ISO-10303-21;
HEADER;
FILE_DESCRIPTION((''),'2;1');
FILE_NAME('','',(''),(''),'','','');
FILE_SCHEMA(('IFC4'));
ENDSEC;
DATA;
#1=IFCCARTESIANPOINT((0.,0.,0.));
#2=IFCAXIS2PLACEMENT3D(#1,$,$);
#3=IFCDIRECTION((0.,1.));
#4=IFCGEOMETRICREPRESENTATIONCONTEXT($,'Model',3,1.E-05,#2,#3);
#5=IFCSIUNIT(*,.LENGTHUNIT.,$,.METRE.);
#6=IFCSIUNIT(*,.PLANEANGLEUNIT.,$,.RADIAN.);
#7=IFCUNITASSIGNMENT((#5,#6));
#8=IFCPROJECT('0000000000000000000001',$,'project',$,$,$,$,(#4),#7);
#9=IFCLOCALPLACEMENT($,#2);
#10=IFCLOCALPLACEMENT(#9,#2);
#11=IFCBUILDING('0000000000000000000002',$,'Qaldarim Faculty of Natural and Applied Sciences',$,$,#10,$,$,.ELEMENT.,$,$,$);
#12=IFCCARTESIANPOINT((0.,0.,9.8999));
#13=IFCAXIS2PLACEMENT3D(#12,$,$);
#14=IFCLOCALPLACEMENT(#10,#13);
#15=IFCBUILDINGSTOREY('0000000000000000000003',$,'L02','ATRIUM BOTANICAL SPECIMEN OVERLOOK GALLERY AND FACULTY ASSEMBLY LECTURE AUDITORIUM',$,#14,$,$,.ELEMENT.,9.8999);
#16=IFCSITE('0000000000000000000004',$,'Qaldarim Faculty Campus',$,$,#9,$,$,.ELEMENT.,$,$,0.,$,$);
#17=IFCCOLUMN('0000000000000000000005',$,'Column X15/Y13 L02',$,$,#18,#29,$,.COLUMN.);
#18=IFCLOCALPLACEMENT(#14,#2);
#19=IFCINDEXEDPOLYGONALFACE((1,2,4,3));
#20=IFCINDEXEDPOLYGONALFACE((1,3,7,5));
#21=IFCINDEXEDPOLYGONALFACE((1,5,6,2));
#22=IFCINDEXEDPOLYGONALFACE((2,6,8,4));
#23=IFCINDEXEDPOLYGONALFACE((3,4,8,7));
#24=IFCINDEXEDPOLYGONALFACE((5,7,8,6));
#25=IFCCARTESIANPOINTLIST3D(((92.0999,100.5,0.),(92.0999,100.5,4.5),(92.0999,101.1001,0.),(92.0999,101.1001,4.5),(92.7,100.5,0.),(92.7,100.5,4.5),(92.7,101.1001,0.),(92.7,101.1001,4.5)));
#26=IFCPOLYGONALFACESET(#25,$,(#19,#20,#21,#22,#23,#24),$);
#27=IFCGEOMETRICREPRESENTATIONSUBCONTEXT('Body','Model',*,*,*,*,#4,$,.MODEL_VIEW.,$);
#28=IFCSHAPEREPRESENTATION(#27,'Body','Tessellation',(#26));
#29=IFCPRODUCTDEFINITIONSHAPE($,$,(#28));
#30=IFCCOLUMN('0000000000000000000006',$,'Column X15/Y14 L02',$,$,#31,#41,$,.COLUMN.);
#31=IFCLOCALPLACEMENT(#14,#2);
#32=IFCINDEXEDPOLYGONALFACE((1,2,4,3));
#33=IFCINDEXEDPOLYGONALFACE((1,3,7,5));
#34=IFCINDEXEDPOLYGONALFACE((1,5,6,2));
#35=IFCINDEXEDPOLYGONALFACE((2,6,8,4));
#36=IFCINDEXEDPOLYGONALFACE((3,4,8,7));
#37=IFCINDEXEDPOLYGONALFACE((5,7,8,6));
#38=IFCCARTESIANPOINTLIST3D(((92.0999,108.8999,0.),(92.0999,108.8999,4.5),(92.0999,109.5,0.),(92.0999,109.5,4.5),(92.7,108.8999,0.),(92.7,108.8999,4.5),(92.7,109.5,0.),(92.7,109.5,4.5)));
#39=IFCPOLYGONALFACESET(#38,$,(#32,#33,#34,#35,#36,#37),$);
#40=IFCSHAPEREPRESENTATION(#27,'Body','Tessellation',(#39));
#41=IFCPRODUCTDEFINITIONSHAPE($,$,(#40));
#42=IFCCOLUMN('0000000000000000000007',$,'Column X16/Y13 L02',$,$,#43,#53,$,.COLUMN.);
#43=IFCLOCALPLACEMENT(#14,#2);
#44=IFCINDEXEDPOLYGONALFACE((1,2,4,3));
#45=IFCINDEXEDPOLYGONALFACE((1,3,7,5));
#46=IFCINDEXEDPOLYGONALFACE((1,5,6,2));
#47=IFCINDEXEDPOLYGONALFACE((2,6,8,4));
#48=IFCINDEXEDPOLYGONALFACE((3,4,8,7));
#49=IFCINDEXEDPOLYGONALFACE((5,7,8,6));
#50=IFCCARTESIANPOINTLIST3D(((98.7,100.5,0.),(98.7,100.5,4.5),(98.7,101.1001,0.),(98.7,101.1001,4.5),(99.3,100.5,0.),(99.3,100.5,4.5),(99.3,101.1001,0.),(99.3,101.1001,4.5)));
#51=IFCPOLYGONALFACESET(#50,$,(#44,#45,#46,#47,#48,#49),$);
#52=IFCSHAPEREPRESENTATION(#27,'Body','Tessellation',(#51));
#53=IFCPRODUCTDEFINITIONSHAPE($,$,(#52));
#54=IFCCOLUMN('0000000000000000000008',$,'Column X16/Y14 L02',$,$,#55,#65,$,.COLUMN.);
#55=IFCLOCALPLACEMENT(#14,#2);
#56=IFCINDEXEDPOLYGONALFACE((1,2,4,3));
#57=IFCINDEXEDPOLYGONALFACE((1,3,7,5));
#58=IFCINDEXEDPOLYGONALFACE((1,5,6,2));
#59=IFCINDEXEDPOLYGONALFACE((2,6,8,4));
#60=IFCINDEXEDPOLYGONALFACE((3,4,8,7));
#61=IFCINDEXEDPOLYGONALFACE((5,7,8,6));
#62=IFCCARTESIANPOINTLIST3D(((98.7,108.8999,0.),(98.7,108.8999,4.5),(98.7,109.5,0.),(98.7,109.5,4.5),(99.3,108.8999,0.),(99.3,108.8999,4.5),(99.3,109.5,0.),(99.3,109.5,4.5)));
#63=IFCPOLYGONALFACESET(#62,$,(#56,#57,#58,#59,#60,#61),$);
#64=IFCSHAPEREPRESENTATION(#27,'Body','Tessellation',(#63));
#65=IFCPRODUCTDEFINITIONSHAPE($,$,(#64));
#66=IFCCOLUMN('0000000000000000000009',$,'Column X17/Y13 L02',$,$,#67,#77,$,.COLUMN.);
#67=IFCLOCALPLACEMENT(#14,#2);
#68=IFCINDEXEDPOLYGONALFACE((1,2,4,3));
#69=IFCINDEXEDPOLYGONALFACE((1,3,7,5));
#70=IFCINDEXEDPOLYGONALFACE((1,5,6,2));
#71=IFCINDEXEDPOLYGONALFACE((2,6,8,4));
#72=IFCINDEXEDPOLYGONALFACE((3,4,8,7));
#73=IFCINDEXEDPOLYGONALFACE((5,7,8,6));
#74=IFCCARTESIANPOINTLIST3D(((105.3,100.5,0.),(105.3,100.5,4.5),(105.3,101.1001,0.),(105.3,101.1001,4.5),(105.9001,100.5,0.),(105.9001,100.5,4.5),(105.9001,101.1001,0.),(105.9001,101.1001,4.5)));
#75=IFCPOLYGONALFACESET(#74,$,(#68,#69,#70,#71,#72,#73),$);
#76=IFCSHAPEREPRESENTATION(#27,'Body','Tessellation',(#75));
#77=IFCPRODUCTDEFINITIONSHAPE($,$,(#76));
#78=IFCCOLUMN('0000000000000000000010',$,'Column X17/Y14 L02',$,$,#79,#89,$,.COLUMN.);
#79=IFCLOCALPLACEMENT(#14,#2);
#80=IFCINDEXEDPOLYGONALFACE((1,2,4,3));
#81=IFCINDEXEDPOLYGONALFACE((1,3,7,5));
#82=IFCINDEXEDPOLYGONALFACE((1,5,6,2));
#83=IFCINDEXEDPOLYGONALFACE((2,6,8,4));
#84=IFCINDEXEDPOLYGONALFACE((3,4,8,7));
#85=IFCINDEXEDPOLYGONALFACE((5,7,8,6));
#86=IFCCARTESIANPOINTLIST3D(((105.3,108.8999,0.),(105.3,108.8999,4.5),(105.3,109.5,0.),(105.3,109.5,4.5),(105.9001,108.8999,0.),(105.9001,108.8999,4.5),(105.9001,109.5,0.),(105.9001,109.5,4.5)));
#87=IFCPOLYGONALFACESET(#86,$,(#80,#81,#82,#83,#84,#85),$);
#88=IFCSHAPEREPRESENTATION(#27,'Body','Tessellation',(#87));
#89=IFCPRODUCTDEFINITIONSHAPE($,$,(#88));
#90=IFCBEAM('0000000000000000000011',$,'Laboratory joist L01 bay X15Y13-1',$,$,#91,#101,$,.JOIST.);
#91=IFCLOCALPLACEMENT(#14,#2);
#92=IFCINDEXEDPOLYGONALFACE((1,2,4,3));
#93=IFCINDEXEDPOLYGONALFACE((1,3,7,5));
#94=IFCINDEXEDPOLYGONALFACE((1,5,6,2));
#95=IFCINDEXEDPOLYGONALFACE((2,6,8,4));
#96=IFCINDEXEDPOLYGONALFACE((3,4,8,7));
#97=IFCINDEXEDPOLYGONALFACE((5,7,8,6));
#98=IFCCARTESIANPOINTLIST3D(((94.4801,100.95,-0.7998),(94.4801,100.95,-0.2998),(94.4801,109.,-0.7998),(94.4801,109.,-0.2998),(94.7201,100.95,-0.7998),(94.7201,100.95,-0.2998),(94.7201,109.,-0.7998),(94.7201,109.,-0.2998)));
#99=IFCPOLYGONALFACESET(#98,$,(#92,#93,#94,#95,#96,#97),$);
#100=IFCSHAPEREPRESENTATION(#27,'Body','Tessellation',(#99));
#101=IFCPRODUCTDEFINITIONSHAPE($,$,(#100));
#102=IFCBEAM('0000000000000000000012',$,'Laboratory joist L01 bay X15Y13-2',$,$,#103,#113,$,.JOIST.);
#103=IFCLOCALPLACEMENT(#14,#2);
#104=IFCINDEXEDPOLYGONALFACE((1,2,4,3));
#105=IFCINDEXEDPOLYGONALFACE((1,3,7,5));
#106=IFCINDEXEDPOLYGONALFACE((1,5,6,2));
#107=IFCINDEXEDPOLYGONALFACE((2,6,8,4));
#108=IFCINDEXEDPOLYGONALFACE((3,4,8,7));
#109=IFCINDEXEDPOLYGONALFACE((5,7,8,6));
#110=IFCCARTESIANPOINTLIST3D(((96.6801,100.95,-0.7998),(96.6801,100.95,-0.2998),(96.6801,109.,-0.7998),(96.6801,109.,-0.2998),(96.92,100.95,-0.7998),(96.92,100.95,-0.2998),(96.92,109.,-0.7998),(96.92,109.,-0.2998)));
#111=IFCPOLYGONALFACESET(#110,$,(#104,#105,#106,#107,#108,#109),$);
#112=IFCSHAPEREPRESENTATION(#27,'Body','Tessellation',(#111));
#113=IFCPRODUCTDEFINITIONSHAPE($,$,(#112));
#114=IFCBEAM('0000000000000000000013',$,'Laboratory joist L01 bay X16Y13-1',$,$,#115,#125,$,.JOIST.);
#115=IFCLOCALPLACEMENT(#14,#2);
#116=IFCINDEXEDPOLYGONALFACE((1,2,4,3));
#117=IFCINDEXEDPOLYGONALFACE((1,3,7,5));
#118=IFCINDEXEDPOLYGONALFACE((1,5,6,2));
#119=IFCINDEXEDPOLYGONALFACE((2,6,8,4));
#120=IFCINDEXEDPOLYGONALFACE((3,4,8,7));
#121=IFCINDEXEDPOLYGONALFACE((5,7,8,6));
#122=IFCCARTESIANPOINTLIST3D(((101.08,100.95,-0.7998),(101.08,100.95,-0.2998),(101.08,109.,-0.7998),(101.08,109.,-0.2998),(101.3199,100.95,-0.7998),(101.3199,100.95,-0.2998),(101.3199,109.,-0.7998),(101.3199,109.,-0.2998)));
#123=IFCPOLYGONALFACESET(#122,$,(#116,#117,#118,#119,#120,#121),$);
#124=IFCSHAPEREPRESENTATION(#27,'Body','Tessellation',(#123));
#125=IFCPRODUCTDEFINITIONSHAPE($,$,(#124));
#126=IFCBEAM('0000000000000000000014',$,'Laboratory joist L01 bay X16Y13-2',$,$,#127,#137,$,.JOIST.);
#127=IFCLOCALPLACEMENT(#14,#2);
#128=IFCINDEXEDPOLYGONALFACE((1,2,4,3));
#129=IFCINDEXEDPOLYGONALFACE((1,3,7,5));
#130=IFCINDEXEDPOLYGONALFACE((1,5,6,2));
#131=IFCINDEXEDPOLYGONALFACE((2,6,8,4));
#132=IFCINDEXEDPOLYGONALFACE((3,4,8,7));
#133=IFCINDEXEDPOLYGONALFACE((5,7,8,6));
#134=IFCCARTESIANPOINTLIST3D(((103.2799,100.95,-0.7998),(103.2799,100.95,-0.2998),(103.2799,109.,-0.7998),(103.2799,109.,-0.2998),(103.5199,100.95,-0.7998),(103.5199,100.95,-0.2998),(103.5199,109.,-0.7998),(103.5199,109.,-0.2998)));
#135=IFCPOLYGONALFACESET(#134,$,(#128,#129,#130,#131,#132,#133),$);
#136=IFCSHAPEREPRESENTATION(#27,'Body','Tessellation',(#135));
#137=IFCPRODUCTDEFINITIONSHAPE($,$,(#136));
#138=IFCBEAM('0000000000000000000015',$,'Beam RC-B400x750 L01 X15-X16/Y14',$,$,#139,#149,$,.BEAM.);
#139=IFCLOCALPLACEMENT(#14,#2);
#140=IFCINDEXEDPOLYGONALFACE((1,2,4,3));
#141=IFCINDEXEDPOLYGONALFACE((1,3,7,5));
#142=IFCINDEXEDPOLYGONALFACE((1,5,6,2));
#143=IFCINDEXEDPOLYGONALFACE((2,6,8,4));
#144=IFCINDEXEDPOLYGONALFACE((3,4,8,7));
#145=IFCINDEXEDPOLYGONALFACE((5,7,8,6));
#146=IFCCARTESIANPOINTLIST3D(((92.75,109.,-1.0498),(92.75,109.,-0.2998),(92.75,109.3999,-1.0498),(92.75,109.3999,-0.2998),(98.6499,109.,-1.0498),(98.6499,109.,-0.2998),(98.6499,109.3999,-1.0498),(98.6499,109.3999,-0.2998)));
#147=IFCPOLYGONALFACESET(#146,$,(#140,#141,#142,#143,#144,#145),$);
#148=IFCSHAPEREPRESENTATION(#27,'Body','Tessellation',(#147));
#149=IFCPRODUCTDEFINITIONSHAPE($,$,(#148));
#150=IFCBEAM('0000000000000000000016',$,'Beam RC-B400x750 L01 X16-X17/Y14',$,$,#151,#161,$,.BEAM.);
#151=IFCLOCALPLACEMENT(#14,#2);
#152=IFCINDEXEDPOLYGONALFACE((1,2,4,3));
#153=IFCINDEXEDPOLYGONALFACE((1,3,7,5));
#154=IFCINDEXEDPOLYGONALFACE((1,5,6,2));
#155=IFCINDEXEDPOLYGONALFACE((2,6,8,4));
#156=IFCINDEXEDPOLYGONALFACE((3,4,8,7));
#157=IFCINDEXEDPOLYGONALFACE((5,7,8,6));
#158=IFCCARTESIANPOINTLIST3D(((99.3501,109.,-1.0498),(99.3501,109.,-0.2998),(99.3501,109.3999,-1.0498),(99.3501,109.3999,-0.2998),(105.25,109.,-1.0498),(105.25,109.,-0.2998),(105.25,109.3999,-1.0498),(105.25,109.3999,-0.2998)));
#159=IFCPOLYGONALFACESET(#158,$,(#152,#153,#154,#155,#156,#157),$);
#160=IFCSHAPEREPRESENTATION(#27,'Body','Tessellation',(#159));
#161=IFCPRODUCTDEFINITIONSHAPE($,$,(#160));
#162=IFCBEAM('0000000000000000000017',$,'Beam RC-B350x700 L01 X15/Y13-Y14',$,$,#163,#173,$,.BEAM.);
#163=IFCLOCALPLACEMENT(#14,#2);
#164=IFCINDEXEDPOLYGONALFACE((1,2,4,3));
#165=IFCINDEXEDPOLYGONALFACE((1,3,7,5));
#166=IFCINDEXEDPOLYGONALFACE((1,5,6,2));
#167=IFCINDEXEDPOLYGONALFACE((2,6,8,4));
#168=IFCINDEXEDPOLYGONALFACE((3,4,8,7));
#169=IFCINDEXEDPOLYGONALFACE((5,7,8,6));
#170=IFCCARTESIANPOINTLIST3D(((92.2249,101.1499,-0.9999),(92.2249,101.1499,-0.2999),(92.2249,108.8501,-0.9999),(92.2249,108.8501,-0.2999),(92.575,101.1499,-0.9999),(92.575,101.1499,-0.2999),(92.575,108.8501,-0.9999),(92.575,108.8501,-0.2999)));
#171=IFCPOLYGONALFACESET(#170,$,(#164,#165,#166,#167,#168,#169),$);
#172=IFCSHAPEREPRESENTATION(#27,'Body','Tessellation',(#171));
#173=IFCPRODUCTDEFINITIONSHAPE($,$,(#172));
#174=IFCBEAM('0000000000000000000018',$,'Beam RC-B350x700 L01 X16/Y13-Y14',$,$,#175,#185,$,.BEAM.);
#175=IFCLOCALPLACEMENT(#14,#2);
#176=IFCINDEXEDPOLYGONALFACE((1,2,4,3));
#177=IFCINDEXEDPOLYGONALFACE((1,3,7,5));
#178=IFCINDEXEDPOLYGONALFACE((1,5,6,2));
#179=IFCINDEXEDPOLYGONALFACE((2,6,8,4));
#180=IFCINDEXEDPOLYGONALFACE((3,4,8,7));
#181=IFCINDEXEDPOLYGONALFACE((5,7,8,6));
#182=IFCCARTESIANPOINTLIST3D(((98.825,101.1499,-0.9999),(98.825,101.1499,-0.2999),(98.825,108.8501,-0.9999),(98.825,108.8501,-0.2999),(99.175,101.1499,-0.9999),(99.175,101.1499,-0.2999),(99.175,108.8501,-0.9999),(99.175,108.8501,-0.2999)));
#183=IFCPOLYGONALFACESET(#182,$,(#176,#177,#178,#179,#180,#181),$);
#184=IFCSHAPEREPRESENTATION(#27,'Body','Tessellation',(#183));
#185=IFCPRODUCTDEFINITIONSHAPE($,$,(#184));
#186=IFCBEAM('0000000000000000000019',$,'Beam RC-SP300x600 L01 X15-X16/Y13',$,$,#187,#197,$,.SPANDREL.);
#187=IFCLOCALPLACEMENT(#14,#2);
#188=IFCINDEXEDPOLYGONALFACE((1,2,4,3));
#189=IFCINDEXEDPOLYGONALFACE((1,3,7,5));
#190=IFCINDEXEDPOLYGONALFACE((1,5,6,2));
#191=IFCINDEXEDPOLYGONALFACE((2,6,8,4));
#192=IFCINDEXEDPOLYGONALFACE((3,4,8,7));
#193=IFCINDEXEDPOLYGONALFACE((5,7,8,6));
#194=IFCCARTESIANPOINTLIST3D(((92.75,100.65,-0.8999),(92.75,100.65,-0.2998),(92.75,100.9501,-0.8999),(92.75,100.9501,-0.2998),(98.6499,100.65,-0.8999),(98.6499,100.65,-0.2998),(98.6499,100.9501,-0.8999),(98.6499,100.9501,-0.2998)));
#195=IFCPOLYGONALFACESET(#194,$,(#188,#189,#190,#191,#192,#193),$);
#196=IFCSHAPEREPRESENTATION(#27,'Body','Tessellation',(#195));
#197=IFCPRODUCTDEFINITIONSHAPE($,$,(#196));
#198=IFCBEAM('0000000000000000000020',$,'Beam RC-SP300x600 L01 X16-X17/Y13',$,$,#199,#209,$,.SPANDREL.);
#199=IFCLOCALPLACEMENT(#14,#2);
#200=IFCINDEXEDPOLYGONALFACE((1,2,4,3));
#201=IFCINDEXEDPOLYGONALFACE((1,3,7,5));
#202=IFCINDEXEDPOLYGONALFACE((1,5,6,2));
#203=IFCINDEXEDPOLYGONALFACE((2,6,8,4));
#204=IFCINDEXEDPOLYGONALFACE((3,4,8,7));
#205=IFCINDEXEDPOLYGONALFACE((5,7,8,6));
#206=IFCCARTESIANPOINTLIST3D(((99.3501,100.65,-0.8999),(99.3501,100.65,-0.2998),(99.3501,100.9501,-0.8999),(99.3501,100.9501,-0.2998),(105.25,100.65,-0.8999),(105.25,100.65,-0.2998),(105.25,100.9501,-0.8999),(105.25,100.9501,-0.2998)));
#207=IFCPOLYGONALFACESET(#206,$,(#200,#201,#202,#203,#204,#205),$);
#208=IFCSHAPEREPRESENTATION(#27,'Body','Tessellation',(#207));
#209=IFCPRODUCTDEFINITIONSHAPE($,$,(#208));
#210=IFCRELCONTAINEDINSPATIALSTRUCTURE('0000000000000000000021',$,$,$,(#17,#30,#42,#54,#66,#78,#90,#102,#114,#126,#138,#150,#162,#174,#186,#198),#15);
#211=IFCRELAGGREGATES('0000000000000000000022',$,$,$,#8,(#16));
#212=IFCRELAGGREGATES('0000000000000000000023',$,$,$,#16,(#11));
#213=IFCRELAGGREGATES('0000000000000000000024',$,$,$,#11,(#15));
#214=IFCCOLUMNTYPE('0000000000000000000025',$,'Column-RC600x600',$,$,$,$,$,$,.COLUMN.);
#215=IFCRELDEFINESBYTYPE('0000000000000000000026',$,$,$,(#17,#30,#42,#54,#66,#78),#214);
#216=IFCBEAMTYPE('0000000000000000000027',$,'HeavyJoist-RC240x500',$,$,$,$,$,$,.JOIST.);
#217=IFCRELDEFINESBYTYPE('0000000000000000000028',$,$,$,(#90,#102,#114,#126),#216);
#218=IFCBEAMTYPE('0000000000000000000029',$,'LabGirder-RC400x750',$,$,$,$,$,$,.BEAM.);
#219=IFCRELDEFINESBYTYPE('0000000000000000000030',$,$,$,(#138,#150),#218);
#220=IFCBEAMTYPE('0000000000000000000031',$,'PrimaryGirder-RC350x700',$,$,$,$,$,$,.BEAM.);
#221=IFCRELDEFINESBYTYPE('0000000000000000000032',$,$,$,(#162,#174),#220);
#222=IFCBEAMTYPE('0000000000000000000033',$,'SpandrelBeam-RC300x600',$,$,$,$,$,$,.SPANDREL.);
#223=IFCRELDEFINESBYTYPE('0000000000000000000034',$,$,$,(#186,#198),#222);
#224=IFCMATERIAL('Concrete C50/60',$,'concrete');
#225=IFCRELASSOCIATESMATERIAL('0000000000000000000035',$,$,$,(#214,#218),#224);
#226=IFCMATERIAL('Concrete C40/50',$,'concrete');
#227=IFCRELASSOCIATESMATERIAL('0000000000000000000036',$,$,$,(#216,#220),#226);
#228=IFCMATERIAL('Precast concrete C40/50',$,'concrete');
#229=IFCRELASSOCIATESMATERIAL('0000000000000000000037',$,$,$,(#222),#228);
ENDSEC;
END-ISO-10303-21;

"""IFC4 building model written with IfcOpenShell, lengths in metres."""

from ifc_helpers import new_model, si_unit, direction, frame, origin, origin_2d, place, context, subcontext, project, spatial, rectangle, extrude, material, material_profile, profile_set, type_object, element, save


model = new_model("IFC4")

# Units and contexts
model_context = context("Model", 3, precision=1e-05, world=origin(), true_north=direction((0.0, 1.0)))
body_context = subcontext(model_context, "Body", "Model", "MODEL_VIEW")
ifc_project = project(units=[si_unit("LENGTHUNIT", "METRE"), si_unit("PLANEANGLEUNIT", "RADIAN")], contexts=[model_context])

# Site, building, storey
site_placement = place(None, origin())
site = spatial("IfcSite", under=ifc_project, at=site_placement, Name="Qaldarim Faculty Campus", CompositionType="ELEMENT", RefElevation=0.0)
building_placement = place(site_placement, origin())
building = spatial("IfcBuilding", under=site, at=building_placement, Name="Qaldarim Faculty of Natural and Applied Sciences", CompositionType="ELEMENT")
storey_placement = place(building_placement, frame((0.0, 0.0, 9.8999)))
storey = spatial("IfcBuildingStorey", under=building, at=storey_placement, Name="L02", Description="ATRIUM BOTANICAL SPECIMEN OVERLOOK GALLERY AND FACULTY ASSEMBLY LECTURE AUDITORIUM", CompositionType="ELEMENT", Elevation=9.8999)

# Columns
ifc_material_1 = material(Name="Concrete C50/60", Category="concrete")
ifc_material_profile_1 = material_profile(ifc_material_1, rectangle(XDim=0.6001, YDim=0.6001, at=origin_2d()), Name="RC-C600x600")
ifc_profile_set_1 = profile_set([ifc_material_profile_1], Name="Concrete C50/60")
column_type = type_object("IfcColumnType", Name="Column-RC600x600", PredefinedType="COLUMN", material=ifc_profile_set_1)
for number, where, z_axis, x_axis, name in (
    (1, (92.3999, 100.8, 0.0), (0.0, 0.0, 1.0), (1.0, 0.0, 0.0), "Column X15/Y13 L02"),
    (2, (92.3999, 109.2, 0.0), (0.0, 0.0, 1.0), (1.0, 0.0, 0.0), "Column X15/Y14 L02"),
    (3, (99.0, 100.8, 0.0), (0.0, 0.0, 1.0), (1.0, 0.0, 0.0), "Column X16/Y13 L02"),
    (4, (99.0, 109.2, 0.0), (0.0, 0.0, 1.0), (1.0, 0.0, 0.0), "Column X16/Y14 L02"),
    (5, (105.6001, 100.8, 0.0), (0.0, 0.0, 1.0), (1.0, 0.0, 0.0), "Column X17/Y13 L02"),
    (6, (105.6001, 109.2, 0.0), (0.0, 0.0, 1.0), (1.0, 0.0, 0.0), "Column X17/Y14 L02"),
):
    element("IfcColumn", number, at=place(storey_placement, frame(where, z_axis=z_axis, x_axis=x_axis)), inside=storey, type_object=column_type, Name=name, PredefinedType="COLUMN", context=body_context, shape_type="SweptSolid", body=[
        extrude(rectangle(XDim=0.6001, YDim=0.6001, at=origin_2d()), origin(), (0.0, 0.0, 1.0), 4.5),
    ])

# Beams
ifc_material_2 = material(Name="Concrete C40/50", Category="concrete")
ifc_material_profile_2 = material_profile(ifc_material_2, rectangle(XDim=0.24, YDim=0.5, at=origin_2d()), Name="RC-J240x500")
ifc_profile_set_2 = profile_set([ifc_material_profile_2], Name="Concrete C40/50")
beam_type_1 = type_object("IfcBeamType", Name="HeavyJoist-RC240x500", PredefinedType="JOIST", material=ifc_profile_set_2)
for number, where, z_axis, x_axis, name in (
    (7, (94.6001, 100.95, -0.5498), (0.0, 1.0, 0.0), (-1.0, 0.0, 0.0), "Laboratory joist L01 bay X15Y13-1"),
    (8, (96.8, 100.95, -0.5498), (0.0, 1.0, 0.0), (-1.0, 0.0, 0.0), "Laboratory joist L01 bay X15Y13-2"),
    (9, (101.2, 100.95, -0.5498), (0.0, 1.0, 0.0), (-1.0, 0.0, 0.0), "Laboratory joist L01 bay X16Y13-1"),
    (10, (103.3999, 100.95, -0.5498), (0.0, 1.0, 0.0), (-1.0, 0.0, 0.0), "Laboratory joist L01 bay X16Y13-2"),
):
    element("IfcBeam", number, at=place(storey_placement, frame(where, z_axis=z_axis, x_axis=x_axis)), inside=storey, type_object=beam_type_1, Name=name, PredefinedType="JOIST", context=body_context, shape_type="SweptSolid", body=[
        extrude(rectangle(XDim=0.24, YDim=0.5, at=origin_2d()), origin(), (0.0, 0.0, 1.0), 8.05),
    ])
ifc_material_profile_3 = material_profile(ifc_material_1, rectangle(XDim=0.3999, YDim=0.75, at=origin_2d()), Name="RC-B400x750")
ifc_profile_set_3 = profile_set([ifc_material_profile_3], Name="Concrete C50/60")
beam_type_2 = type_object("IfcBeamType", Name="LabGirder-RC400x750", PredefinedType="BEAM", material=ifc_profile_set_3)
for number, where, z_axis, x_axis, name in (
    (11, (92.75, 109.2, -0.6748), (1.0, 0.0, 0.0), (0.0, 1.0, 0.0), "Beam RC-B400x750 L01 X15-X16/Y14"),
    (12, (99.3501, 109.2, -0.6748), (1.0, 0.0, 0.0), (0.0, 1.0, 0.0), "Beam RC-B400x750 L01 X16-X17/Y14"),
):
    element("IfcBeam", number, at=place(storey_placement, frame(where, z_axis=z_axis, x_axis=x_axis)), inside=storey, type_object=beam_type_2, Name=name, PredefinedType="BEAM", context=body_context, shape_type="SweptSolid", body=[
        extrude(rectangle(XDim=0.3999, YDim=0.75, at=origin_2d()), origin(), (0.0, 0.0, 1.0), 5.8999),
    ])
ifc_material_profile_4 = material_profile(ifc_material_2, rectangle(XDim=0.3501, YDim=0.7, at=origin_2d()), Name="RC-B350x700")
ifc_profile_set_4 = profile_set([ifc_material_profile_4], Name="Concrete C40/50")
beam_type_3 = type_object("IfcBeamType", Name="PrimaryGirder-RC350x700", PredefinedType="BEAM", material=ifc_profile_set_4)
for number, where, z_axis, x_axis, name in (
    (13, (92.3999, 101.1499, -0.6499), (0.0, 1.0, 0.0), (-1.0, 0.0, 0.0), "Beam RC-B350x700 L01 X15/Y13-Y14"),
    (14, (99.0, 101.1499, -0.6499), (0.0, 1.0, 0.0), (-1.0, 0.0, 0.0), "Beam RC-B350x700 L01 X16/Y13-Y14"),
):
    element("IfcBeam", number, at=place(storey_placement, frame(where, z_axis=z_axis, x_axis=x_axis)), inside=storey, type_object=beam_type_3, Name=name, PredefinedType="BEAM", context=body_context, shape_type="SweptSolid", body=[
        extrude(rectangle(XDim=0.3501, YDim=0.7, at=origin_2d()), origin(), (0.0, 0.0, 1.0), 7.7002),
    ])
ifc_material_3 = material(Name="Precast concrete C40/50", Category="concrete")
ifc_material_profile_5 = material_profile(ifc_material_3, rectangle(XDim=0.3, YDim=0.6001, at=origin_2d()), Name="RC-SP300x600")
ifc_profile_set_5 = profile_set([ifc_material_profile_5], Name="Precast concrete C40/50")
beam_type_4 = type_object("IfcBeamType", Name="SpandrelBeam-RC300x600", PredefinedType="SPANDREL", material=ifc_profile_set_5)
for number, where, z_axis, x_axis, name in (
    (15, (92.75, 100.8, -0.5999), (1.0, 0.0, 0.0), (0.0, 1.0, 0.0), "Beam RC-SP300x600 L01 X15-X16/Y13"),
    (16, (99.3501, 100.8, -0.5999), (1.0, 0.0, 0.0), (0.0, 1.0, 0.0), "Beam RC-SP300x600 L01 X16-X17/Y13"),
):
    element("IfcBeam", number, at=place(storey_placement, frame(where, z_axis=z_axis, x_axis=x_axis)), inside=storey, type_object=beam_type_4, Name=name, PredefinedType="SPANDREL", context=body_context, shape_type="SweptSolid", body=[
        extrude(rectangle(XDim=0.3, YDim=0.6001, at=origin_2d()), origin(), (0.0, 0.0, 1.0), 5.8999),
    ])

save(model, "model.ifc")
